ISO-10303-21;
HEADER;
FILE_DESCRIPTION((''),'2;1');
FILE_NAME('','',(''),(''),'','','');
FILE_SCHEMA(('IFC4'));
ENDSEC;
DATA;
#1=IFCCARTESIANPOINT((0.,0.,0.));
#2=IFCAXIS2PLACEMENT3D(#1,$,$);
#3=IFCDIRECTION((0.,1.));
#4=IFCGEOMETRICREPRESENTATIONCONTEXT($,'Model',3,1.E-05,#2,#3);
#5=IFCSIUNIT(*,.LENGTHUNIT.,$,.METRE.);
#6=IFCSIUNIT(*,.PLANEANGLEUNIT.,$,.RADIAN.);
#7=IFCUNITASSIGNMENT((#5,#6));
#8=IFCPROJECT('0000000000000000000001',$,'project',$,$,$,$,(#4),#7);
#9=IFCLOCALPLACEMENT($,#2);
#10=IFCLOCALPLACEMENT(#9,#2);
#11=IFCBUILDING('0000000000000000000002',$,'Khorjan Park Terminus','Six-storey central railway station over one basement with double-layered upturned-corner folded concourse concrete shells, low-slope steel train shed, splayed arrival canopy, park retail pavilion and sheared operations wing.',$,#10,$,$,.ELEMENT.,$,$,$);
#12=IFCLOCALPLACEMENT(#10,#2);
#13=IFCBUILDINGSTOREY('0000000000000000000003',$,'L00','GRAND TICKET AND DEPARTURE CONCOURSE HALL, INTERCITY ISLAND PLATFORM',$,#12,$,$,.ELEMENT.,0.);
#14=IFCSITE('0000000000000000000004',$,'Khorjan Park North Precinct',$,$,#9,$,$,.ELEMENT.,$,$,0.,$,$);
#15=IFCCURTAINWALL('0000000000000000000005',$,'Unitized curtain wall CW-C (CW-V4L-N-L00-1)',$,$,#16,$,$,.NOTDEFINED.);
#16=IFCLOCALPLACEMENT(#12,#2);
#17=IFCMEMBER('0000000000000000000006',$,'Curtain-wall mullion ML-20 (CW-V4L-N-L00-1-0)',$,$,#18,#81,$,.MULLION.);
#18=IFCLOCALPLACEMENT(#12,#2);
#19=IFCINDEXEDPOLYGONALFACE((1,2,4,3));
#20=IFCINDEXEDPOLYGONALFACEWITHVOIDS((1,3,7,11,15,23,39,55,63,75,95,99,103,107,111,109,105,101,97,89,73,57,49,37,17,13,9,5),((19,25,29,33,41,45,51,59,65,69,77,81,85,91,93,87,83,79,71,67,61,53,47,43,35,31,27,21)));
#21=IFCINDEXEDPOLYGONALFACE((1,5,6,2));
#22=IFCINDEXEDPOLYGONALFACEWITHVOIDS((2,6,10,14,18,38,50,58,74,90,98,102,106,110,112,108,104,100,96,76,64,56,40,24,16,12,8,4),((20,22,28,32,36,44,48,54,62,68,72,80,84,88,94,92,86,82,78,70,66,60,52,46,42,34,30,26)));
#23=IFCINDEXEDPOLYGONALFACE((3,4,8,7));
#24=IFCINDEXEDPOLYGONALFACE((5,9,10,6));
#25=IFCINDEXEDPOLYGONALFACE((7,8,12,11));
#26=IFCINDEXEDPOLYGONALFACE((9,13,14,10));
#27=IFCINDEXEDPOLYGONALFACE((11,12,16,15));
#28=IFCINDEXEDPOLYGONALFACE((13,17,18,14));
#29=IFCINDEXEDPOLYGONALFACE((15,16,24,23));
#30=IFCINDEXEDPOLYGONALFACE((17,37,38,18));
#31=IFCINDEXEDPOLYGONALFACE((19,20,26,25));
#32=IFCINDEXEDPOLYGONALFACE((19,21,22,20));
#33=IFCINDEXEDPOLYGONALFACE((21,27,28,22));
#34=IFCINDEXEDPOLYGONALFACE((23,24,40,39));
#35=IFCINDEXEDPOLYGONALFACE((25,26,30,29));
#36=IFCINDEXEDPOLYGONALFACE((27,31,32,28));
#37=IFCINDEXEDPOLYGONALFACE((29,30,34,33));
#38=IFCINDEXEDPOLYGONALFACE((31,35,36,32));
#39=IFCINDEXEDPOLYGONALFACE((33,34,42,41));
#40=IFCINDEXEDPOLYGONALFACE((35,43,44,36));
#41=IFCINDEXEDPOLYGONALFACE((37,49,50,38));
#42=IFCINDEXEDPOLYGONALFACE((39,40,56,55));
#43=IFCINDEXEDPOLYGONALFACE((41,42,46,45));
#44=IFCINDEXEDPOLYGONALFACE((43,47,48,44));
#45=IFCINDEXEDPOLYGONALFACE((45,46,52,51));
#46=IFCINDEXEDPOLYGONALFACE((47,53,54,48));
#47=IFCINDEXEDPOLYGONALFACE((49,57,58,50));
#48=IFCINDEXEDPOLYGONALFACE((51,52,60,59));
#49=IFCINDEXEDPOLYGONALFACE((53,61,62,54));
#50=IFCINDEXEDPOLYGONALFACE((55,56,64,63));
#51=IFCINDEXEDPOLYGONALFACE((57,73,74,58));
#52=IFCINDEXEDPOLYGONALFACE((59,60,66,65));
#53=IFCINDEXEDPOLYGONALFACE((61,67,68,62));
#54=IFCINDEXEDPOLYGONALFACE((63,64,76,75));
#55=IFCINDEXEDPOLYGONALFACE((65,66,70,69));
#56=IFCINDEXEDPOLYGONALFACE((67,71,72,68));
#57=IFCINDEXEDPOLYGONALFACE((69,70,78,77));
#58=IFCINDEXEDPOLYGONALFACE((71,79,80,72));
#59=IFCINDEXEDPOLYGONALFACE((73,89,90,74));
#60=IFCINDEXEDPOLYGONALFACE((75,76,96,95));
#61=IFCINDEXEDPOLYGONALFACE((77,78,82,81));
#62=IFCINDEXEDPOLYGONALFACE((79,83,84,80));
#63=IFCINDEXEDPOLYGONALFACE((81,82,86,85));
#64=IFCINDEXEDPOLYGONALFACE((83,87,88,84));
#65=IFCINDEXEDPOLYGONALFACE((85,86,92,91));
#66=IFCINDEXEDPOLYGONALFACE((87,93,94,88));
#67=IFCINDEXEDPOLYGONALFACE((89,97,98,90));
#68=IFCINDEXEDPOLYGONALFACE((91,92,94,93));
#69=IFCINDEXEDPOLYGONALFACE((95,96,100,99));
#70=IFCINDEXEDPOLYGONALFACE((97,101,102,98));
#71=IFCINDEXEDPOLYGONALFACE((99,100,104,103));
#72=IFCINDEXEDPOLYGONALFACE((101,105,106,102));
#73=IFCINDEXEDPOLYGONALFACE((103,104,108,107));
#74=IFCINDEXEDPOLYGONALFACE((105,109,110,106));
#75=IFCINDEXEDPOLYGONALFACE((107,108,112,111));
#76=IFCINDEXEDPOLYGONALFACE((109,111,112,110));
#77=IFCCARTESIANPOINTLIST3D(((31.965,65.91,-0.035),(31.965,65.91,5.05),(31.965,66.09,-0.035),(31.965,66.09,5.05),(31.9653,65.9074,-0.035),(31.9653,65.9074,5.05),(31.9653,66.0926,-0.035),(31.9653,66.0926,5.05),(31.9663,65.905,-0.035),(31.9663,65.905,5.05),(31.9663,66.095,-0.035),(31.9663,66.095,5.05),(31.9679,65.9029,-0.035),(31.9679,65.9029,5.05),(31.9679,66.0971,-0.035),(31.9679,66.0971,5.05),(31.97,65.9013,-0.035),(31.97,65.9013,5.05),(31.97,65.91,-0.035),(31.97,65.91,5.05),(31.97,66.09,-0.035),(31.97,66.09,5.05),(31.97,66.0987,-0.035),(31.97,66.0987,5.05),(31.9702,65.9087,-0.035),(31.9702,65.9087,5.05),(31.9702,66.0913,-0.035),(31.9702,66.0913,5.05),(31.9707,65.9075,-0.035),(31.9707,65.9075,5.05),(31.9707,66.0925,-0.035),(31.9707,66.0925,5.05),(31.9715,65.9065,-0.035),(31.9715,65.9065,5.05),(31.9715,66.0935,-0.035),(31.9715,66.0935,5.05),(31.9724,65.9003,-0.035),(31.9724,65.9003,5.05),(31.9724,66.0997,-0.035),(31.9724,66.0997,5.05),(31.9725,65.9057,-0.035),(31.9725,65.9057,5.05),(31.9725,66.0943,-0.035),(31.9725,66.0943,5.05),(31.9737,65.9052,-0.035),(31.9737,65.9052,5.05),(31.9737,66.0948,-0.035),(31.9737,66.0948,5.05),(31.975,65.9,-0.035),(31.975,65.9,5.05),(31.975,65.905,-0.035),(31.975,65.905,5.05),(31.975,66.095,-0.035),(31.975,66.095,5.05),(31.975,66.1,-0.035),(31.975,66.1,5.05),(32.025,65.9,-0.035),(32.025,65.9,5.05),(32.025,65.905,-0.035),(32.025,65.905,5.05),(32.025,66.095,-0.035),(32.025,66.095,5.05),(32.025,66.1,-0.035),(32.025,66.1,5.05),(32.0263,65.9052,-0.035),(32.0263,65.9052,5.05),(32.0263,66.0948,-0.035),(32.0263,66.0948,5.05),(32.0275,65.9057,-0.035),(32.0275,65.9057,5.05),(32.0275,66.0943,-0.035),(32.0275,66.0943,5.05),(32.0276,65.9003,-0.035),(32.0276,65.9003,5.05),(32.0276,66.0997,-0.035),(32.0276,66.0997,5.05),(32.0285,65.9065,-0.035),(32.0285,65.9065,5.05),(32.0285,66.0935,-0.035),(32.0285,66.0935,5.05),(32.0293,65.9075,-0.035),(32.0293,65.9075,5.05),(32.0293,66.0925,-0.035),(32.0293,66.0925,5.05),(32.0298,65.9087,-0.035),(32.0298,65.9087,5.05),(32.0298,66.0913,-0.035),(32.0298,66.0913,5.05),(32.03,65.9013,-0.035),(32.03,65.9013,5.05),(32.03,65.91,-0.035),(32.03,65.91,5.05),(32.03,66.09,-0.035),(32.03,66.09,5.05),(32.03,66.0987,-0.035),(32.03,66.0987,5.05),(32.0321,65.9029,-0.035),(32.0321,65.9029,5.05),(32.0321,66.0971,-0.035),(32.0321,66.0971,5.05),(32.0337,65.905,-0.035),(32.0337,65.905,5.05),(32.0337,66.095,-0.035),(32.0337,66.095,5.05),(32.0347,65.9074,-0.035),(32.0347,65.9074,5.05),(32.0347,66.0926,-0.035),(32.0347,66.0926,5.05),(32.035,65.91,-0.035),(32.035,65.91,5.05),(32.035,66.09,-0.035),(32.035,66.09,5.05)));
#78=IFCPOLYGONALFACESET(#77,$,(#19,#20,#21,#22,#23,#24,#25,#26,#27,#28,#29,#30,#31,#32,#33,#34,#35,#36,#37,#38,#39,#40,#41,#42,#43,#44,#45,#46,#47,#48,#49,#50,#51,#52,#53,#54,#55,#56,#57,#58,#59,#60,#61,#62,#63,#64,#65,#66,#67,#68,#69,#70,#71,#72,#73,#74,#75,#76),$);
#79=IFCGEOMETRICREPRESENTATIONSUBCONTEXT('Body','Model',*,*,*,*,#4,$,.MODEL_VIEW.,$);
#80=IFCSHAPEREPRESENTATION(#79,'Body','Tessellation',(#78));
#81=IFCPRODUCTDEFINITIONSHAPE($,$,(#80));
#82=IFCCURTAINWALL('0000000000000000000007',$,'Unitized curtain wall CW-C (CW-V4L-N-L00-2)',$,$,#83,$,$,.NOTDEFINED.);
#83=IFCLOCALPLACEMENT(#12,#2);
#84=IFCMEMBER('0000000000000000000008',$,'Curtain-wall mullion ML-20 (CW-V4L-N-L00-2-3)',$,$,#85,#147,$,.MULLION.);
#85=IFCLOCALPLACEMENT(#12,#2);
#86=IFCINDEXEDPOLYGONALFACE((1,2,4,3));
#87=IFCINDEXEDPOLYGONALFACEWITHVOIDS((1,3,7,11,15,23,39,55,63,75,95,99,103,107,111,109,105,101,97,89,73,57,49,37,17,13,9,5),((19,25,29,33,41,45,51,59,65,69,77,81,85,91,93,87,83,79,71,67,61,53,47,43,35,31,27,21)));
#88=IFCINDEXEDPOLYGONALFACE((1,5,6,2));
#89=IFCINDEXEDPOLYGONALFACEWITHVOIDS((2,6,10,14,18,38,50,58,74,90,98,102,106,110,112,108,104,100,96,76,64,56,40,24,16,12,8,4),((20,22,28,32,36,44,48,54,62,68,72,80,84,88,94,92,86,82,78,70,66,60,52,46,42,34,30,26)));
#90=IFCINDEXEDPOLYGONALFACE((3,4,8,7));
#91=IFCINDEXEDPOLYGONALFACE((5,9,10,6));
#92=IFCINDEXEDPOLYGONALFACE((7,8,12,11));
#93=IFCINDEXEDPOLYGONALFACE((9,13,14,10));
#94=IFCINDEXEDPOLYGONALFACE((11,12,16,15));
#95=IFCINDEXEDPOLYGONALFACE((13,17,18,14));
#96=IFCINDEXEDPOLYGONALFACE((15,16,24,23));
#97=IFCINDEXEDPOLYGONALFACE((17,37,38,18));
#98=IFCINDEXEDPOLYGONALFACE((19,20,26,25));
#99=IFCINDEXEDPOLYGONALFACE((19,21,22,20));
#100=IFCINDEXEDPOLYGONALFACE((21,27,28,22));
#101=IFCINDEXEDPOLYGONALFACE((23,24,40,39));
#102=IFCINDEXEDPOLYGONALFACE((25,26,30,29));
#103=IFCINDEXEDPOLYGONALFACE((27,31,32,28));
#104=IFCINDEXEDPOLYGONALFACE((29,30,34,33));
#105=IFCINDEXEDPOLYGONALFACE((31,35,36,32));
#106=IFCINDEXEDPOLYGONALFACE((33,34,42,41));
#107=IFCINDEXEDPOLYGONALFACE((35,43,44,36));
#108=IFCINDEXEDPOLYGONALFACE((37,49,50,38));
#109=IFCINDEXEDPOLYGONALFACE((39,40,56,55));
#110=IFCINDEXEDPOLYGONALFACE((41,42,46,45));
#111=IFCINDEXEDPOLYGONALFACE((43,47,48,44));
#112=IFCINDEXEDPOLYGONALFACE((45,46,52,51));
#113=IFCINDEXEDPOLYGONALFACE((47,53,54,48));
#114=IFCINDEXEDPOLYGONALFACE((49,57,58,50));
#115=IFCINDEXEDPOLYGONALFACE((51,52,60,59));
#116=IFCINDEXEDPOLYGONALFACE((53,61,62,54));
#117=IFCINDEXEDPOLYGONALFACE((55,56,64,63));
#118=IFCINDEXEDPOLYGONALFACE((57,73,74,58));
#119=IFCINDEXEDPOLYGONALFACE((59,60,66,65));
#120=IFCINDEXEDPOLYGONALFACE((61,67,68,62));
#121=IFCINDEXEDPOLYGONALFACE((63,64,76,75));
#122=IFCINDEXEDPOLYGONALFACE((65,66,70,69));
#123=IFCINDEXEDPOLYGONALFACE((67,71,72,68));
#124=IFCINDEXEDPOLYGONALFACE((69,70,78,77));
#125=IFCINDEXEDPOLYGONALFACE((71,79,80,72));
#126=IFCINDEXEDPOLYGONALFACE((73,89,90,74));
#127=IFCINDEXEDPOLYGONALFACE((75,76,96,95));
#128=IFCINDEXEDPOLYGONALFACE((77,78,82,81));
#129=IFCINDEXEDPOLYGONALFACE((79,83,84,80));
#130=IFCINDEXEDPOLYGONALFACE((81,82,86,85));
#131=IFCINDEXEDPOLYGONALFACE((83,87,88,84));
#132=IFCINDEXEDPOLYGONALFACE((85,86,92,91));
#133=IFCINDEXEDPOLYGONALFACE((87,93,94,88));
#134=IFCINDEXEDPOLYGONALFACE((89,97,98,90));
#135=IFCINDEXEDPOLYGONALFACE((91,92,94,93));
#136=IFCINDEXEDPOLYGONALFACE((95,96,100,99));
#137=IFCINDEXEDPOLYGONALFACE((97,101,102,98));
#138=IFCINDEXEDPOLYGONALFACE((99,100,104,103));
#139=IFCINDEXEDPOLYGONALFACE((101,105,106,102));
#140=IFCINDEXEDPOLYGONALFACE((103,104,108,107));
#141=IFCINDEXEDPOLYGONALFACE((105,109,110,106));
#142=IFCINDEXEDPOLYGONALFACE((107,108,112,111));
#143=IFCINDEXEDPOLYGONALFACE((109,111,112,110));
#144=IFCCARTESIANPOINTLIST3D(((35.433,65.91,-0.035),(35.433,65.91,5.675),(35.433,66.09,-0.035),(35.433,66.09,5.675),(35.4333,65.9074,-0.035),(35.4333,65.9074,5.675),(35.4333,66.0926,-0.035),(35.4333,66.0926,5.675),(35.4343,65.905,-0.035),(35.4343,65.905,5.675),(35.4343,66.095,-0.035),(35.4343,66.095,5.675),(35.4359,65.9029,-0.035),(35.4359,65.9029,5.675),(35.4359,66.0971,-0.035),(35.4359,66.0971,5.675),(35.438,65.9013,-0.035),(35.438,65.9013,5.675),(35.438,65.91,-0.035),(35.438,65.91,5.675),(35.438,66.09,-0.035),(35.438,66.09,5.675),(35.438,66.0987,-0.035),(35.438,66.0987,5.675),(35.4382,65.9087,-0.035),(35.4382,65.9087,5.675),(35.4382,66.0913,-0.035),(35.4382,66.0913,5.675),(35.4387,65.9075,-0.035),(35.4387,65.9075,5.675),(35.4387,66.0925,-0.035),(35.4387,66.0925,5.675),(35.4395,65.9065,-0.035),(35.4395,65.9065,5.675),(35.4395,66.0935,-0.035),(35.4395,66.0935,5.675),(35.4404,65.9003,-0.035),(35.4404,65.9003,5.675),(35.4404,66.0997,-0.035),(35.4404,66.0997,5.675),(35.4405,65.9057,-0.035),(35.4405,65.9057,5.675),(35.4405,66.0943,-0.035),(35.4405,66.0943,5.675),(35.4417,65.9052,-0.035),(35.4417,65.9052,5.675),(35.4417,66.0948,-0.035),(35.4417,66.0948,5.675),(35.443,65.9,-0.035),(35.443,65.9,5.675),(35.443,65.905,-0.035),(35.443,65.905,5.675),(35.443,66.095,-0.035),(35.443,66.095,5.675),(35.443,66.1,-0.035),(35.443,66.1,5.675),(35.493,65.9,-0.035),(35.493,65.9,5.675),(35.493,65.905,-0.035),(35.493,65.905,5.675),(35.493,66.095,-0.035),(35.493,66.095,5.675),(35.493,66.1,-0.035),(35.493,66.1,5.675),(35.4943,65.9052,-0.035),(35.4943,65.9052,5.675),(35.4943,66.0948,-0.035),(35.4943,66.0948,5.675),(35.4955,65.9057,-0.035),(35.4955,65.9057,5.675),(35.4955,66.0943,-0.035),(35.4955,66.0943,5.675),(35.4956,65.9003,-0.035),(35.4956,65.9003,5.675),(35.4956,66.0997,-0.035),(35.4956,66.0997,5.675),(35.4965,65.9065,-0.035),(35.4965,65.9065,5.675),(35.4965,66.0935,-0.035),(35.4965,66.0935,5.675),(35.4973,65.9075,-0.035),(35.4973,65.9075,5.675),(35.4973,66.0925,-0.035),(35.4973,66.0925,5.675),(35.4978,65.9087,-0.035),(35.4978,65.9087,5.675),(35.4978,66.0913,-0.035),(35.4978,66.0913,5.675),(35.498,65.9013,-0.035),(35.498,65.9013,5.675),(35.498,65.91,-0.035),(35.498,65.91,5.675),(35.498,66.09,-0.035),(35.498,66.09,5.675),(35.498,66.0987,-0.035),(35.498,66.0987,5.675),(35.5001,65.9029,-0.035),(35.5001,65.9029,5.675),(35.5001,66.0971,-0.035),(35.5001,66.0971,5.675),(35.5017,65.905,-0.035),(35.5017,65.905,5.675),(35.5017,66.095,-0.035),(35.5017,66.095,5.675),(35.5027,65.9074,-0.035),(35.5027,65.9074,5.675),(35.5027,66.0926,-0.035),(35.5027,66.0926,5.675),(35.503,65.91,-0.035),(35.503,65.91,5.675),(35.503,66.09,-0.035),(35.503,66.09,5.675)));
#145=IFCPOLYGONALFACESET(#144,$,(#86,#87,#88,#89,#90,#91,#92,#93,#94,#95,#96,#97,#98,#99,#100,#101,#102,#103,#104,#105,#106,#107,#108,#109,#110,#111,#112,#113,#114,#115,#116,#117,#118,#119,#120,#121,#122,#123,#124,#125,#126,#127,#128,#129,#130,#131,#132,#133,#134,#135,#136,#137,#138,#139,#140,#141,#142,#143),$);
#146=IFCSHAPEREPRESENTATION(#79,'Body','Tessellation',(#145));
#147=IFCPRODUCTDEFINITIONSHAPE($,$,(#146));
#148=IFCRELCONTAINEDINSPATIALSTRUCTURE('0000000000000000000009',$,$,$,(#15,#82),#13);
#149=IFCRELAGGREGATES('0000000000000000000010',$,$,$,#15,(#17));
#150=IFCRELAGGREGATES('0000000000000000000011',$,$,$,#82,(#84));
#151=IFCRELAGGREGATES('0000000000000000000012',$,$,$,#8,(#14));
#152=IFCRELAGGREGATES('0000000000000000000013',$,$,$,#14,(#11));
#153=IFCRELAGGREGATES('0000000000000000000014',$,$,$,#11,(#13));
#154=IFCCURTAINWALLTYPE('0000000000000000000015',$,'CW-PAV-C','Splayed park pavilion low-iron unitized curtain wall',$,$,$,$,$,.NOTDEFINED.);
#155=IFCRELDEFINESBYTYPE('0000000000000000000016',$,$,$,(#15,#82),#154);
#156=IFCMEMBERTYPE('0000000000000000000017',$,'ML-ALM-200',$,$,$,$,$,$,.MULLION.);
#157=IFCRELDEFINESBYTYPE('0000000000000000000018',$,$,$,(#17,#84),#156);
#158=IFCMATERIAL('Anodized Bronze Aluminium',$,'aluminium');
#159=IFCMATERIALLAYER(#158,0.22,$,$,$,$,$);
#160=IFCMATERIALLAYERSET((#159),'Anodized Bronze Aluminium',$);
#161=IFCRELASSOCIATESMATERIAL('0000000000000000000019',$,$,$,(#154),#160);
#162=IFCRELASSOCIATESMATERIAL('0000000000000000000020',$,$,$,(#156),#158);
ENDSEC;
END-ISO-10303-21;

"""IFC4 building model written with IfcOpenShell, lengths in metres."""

from ifc_helpers import new_model, si_unit, direction, frame, origin, origin_2d, place, context, subcontext, project, spatial, hollow_rectangle, extrude, material, layer, layer_set, material_profile, profile_set, type_object, element, aggregate, save


model = new_model("IFC4")

# Units and contexts
model_context = context("Model", 3, precision=1e-05, world=origin(), true_north=direction((0.0, 1.0)))
body_context = subcontext(model_context, "Body", "Model", "MODEL_VIEW")
ifc_project = project(units=[si_unit("LENGTHUNIT", "METRE"), si_unit("PLANEANGLEUNIT", "RADIAN")], contexts=[model_context])

# Site, building, storey
site_placement = place(None, origin())
site = spatial("IfcSite", under=ifc_project, at=site_placement, Name="Khorjan Park North Precinct", CompositionType="ELEMENT", RefElevation=0.0)
building_placement = place(site_placement, origin())
building = spatial("IfcBuilding", under=site, at=building_placement, Name="Khorjan Park Terminus", Description="Six-storey central railway station over one basement with double-layered upturned-corner folded concourse concrete shells, low-slope steel train shed, splayed arrival canopy, park retail pavilion and sheared operations wing.", CompositionType="ELEMENT")
storey_placement = place(building_placement, origin())
storey = spatial("IfcBuildingStorey", under=building, at=storey_placement, Name="L00", Description="GRAND TICKET AND DEPARTURE CONCOURSE HALL, INTERCITY ISLAND PLATFORM", CompositionType="ELEMENT", Elevation=0.0)

# Curtain wall, member
ifc_material_1 = material(Name="Anodized Bronze Aluminium", Category="aluminium")
ifc_layer_1 = layer(ifc_material_1, 0.22)
ifc_layer_set_1 = layer_set([ifc_layer_1], Name="Anodized Bronze Aluminium")
curtain_wall_type = type_object("IfcCurtainWallType", Name="CW-PAV-C", Description="Splayed park pavilion low-iron unitized curtain wall", PredefinedType="NOTDEFINED", material=ifc_layer_set_1)
curtain_wall_1_placement = place(storey_placement, origin())
curtain_wall_1 = element("IfcCurtainWall", 1, at=curtain_wall_1_placement, inside=storey, type_object=curtain_wall_type, Name="Unitized curtain wall CW-C (CW-V4L-N-L00-1)", PredefinedType="NOTDEFINED")
ifc_material_profile_1 = material_profile(ifc_material_1, hollow_rectangle(XDim=0.07, YDim=0.2, WallThickness=0.005, InnerFilletRadius=0.005, OuterFilletRadius=0.01, at=origin_2d()), Name="ALM 70x200x5")
ifc_profile_set_1 = profile_set([ifc_material_profile_1], Name="Anodized Bronze Aluminium")
member_type_1 = type_object("IfcMemberType", Name="ML-ALM-200", PredefinedType="MULLION", material=ifc_profile_set_1)
member_1_placement = place(storey_placement, frame((32.0, 66.0, -0.035), z_axis=(0.0, 0.0, 1.0), x_axis=(-1.0, 0.0, 0.0)))
member_1 = element("IfcMember", 2, at=member_1_placement, type_object=member_type_1, Name="Curtain-wall mullion ML-20 (CW-V4L-N-L00-1-0)", PredefinedType="MULLION", context=body_context, shape_type="SweptSolid", body=[
    extrude(hollow_rectangle(XDim=0.07, YDim=0.2, WallThickness=0.005, InnerFilletRadius=0.005, OuterFilletRadius=0.01, at=origin_2d()), origin(), (0.0, 0.0, 1.0), 5.085),
])

# Curtain wall, member
curtain_wall_2_placement = place(storey_placement, origin())
curtain_wall_2 = element("IfcCurtainWall", 3, at=curtain_wall_2_placement, inside=storey, type_object=curtain_wall_type, Name="Unitized curtain wall CW-C (CW-V4L-N-L00-2)", PredefinedType="NOTDEFINED")
member_2_placement = place(storey_placement, frame((35.468, 66.0, -0.035), z_axis=(0.0, 0.0, 1.0), x_axis=(-1.0, 0.0, 0.0)))
member_2 = element("IfcMember", 4, at=member_2_placement, type_object=member_type_1, Name="Curtain-wall mullion ML-20 (CW-V4L-N-L00-2-3)", PredefinedType="MULLION", context=body_context, shape_type="SweptSolid", body=[
    extrude(hollow_rectangle(XDim=0.07, YDim=0.2, WallThickness=0.005, InnerFilletRadius=0.005, OuterFilletRadius=0.01, at=origin_2d()), origin(), (0.0, 0.0, 1.0), 5.71),
])

aggregate(curtain_wall_1, [member_1])
aggregate(curtain_wall_2, [member_2])

save(model, "model.ifc")
